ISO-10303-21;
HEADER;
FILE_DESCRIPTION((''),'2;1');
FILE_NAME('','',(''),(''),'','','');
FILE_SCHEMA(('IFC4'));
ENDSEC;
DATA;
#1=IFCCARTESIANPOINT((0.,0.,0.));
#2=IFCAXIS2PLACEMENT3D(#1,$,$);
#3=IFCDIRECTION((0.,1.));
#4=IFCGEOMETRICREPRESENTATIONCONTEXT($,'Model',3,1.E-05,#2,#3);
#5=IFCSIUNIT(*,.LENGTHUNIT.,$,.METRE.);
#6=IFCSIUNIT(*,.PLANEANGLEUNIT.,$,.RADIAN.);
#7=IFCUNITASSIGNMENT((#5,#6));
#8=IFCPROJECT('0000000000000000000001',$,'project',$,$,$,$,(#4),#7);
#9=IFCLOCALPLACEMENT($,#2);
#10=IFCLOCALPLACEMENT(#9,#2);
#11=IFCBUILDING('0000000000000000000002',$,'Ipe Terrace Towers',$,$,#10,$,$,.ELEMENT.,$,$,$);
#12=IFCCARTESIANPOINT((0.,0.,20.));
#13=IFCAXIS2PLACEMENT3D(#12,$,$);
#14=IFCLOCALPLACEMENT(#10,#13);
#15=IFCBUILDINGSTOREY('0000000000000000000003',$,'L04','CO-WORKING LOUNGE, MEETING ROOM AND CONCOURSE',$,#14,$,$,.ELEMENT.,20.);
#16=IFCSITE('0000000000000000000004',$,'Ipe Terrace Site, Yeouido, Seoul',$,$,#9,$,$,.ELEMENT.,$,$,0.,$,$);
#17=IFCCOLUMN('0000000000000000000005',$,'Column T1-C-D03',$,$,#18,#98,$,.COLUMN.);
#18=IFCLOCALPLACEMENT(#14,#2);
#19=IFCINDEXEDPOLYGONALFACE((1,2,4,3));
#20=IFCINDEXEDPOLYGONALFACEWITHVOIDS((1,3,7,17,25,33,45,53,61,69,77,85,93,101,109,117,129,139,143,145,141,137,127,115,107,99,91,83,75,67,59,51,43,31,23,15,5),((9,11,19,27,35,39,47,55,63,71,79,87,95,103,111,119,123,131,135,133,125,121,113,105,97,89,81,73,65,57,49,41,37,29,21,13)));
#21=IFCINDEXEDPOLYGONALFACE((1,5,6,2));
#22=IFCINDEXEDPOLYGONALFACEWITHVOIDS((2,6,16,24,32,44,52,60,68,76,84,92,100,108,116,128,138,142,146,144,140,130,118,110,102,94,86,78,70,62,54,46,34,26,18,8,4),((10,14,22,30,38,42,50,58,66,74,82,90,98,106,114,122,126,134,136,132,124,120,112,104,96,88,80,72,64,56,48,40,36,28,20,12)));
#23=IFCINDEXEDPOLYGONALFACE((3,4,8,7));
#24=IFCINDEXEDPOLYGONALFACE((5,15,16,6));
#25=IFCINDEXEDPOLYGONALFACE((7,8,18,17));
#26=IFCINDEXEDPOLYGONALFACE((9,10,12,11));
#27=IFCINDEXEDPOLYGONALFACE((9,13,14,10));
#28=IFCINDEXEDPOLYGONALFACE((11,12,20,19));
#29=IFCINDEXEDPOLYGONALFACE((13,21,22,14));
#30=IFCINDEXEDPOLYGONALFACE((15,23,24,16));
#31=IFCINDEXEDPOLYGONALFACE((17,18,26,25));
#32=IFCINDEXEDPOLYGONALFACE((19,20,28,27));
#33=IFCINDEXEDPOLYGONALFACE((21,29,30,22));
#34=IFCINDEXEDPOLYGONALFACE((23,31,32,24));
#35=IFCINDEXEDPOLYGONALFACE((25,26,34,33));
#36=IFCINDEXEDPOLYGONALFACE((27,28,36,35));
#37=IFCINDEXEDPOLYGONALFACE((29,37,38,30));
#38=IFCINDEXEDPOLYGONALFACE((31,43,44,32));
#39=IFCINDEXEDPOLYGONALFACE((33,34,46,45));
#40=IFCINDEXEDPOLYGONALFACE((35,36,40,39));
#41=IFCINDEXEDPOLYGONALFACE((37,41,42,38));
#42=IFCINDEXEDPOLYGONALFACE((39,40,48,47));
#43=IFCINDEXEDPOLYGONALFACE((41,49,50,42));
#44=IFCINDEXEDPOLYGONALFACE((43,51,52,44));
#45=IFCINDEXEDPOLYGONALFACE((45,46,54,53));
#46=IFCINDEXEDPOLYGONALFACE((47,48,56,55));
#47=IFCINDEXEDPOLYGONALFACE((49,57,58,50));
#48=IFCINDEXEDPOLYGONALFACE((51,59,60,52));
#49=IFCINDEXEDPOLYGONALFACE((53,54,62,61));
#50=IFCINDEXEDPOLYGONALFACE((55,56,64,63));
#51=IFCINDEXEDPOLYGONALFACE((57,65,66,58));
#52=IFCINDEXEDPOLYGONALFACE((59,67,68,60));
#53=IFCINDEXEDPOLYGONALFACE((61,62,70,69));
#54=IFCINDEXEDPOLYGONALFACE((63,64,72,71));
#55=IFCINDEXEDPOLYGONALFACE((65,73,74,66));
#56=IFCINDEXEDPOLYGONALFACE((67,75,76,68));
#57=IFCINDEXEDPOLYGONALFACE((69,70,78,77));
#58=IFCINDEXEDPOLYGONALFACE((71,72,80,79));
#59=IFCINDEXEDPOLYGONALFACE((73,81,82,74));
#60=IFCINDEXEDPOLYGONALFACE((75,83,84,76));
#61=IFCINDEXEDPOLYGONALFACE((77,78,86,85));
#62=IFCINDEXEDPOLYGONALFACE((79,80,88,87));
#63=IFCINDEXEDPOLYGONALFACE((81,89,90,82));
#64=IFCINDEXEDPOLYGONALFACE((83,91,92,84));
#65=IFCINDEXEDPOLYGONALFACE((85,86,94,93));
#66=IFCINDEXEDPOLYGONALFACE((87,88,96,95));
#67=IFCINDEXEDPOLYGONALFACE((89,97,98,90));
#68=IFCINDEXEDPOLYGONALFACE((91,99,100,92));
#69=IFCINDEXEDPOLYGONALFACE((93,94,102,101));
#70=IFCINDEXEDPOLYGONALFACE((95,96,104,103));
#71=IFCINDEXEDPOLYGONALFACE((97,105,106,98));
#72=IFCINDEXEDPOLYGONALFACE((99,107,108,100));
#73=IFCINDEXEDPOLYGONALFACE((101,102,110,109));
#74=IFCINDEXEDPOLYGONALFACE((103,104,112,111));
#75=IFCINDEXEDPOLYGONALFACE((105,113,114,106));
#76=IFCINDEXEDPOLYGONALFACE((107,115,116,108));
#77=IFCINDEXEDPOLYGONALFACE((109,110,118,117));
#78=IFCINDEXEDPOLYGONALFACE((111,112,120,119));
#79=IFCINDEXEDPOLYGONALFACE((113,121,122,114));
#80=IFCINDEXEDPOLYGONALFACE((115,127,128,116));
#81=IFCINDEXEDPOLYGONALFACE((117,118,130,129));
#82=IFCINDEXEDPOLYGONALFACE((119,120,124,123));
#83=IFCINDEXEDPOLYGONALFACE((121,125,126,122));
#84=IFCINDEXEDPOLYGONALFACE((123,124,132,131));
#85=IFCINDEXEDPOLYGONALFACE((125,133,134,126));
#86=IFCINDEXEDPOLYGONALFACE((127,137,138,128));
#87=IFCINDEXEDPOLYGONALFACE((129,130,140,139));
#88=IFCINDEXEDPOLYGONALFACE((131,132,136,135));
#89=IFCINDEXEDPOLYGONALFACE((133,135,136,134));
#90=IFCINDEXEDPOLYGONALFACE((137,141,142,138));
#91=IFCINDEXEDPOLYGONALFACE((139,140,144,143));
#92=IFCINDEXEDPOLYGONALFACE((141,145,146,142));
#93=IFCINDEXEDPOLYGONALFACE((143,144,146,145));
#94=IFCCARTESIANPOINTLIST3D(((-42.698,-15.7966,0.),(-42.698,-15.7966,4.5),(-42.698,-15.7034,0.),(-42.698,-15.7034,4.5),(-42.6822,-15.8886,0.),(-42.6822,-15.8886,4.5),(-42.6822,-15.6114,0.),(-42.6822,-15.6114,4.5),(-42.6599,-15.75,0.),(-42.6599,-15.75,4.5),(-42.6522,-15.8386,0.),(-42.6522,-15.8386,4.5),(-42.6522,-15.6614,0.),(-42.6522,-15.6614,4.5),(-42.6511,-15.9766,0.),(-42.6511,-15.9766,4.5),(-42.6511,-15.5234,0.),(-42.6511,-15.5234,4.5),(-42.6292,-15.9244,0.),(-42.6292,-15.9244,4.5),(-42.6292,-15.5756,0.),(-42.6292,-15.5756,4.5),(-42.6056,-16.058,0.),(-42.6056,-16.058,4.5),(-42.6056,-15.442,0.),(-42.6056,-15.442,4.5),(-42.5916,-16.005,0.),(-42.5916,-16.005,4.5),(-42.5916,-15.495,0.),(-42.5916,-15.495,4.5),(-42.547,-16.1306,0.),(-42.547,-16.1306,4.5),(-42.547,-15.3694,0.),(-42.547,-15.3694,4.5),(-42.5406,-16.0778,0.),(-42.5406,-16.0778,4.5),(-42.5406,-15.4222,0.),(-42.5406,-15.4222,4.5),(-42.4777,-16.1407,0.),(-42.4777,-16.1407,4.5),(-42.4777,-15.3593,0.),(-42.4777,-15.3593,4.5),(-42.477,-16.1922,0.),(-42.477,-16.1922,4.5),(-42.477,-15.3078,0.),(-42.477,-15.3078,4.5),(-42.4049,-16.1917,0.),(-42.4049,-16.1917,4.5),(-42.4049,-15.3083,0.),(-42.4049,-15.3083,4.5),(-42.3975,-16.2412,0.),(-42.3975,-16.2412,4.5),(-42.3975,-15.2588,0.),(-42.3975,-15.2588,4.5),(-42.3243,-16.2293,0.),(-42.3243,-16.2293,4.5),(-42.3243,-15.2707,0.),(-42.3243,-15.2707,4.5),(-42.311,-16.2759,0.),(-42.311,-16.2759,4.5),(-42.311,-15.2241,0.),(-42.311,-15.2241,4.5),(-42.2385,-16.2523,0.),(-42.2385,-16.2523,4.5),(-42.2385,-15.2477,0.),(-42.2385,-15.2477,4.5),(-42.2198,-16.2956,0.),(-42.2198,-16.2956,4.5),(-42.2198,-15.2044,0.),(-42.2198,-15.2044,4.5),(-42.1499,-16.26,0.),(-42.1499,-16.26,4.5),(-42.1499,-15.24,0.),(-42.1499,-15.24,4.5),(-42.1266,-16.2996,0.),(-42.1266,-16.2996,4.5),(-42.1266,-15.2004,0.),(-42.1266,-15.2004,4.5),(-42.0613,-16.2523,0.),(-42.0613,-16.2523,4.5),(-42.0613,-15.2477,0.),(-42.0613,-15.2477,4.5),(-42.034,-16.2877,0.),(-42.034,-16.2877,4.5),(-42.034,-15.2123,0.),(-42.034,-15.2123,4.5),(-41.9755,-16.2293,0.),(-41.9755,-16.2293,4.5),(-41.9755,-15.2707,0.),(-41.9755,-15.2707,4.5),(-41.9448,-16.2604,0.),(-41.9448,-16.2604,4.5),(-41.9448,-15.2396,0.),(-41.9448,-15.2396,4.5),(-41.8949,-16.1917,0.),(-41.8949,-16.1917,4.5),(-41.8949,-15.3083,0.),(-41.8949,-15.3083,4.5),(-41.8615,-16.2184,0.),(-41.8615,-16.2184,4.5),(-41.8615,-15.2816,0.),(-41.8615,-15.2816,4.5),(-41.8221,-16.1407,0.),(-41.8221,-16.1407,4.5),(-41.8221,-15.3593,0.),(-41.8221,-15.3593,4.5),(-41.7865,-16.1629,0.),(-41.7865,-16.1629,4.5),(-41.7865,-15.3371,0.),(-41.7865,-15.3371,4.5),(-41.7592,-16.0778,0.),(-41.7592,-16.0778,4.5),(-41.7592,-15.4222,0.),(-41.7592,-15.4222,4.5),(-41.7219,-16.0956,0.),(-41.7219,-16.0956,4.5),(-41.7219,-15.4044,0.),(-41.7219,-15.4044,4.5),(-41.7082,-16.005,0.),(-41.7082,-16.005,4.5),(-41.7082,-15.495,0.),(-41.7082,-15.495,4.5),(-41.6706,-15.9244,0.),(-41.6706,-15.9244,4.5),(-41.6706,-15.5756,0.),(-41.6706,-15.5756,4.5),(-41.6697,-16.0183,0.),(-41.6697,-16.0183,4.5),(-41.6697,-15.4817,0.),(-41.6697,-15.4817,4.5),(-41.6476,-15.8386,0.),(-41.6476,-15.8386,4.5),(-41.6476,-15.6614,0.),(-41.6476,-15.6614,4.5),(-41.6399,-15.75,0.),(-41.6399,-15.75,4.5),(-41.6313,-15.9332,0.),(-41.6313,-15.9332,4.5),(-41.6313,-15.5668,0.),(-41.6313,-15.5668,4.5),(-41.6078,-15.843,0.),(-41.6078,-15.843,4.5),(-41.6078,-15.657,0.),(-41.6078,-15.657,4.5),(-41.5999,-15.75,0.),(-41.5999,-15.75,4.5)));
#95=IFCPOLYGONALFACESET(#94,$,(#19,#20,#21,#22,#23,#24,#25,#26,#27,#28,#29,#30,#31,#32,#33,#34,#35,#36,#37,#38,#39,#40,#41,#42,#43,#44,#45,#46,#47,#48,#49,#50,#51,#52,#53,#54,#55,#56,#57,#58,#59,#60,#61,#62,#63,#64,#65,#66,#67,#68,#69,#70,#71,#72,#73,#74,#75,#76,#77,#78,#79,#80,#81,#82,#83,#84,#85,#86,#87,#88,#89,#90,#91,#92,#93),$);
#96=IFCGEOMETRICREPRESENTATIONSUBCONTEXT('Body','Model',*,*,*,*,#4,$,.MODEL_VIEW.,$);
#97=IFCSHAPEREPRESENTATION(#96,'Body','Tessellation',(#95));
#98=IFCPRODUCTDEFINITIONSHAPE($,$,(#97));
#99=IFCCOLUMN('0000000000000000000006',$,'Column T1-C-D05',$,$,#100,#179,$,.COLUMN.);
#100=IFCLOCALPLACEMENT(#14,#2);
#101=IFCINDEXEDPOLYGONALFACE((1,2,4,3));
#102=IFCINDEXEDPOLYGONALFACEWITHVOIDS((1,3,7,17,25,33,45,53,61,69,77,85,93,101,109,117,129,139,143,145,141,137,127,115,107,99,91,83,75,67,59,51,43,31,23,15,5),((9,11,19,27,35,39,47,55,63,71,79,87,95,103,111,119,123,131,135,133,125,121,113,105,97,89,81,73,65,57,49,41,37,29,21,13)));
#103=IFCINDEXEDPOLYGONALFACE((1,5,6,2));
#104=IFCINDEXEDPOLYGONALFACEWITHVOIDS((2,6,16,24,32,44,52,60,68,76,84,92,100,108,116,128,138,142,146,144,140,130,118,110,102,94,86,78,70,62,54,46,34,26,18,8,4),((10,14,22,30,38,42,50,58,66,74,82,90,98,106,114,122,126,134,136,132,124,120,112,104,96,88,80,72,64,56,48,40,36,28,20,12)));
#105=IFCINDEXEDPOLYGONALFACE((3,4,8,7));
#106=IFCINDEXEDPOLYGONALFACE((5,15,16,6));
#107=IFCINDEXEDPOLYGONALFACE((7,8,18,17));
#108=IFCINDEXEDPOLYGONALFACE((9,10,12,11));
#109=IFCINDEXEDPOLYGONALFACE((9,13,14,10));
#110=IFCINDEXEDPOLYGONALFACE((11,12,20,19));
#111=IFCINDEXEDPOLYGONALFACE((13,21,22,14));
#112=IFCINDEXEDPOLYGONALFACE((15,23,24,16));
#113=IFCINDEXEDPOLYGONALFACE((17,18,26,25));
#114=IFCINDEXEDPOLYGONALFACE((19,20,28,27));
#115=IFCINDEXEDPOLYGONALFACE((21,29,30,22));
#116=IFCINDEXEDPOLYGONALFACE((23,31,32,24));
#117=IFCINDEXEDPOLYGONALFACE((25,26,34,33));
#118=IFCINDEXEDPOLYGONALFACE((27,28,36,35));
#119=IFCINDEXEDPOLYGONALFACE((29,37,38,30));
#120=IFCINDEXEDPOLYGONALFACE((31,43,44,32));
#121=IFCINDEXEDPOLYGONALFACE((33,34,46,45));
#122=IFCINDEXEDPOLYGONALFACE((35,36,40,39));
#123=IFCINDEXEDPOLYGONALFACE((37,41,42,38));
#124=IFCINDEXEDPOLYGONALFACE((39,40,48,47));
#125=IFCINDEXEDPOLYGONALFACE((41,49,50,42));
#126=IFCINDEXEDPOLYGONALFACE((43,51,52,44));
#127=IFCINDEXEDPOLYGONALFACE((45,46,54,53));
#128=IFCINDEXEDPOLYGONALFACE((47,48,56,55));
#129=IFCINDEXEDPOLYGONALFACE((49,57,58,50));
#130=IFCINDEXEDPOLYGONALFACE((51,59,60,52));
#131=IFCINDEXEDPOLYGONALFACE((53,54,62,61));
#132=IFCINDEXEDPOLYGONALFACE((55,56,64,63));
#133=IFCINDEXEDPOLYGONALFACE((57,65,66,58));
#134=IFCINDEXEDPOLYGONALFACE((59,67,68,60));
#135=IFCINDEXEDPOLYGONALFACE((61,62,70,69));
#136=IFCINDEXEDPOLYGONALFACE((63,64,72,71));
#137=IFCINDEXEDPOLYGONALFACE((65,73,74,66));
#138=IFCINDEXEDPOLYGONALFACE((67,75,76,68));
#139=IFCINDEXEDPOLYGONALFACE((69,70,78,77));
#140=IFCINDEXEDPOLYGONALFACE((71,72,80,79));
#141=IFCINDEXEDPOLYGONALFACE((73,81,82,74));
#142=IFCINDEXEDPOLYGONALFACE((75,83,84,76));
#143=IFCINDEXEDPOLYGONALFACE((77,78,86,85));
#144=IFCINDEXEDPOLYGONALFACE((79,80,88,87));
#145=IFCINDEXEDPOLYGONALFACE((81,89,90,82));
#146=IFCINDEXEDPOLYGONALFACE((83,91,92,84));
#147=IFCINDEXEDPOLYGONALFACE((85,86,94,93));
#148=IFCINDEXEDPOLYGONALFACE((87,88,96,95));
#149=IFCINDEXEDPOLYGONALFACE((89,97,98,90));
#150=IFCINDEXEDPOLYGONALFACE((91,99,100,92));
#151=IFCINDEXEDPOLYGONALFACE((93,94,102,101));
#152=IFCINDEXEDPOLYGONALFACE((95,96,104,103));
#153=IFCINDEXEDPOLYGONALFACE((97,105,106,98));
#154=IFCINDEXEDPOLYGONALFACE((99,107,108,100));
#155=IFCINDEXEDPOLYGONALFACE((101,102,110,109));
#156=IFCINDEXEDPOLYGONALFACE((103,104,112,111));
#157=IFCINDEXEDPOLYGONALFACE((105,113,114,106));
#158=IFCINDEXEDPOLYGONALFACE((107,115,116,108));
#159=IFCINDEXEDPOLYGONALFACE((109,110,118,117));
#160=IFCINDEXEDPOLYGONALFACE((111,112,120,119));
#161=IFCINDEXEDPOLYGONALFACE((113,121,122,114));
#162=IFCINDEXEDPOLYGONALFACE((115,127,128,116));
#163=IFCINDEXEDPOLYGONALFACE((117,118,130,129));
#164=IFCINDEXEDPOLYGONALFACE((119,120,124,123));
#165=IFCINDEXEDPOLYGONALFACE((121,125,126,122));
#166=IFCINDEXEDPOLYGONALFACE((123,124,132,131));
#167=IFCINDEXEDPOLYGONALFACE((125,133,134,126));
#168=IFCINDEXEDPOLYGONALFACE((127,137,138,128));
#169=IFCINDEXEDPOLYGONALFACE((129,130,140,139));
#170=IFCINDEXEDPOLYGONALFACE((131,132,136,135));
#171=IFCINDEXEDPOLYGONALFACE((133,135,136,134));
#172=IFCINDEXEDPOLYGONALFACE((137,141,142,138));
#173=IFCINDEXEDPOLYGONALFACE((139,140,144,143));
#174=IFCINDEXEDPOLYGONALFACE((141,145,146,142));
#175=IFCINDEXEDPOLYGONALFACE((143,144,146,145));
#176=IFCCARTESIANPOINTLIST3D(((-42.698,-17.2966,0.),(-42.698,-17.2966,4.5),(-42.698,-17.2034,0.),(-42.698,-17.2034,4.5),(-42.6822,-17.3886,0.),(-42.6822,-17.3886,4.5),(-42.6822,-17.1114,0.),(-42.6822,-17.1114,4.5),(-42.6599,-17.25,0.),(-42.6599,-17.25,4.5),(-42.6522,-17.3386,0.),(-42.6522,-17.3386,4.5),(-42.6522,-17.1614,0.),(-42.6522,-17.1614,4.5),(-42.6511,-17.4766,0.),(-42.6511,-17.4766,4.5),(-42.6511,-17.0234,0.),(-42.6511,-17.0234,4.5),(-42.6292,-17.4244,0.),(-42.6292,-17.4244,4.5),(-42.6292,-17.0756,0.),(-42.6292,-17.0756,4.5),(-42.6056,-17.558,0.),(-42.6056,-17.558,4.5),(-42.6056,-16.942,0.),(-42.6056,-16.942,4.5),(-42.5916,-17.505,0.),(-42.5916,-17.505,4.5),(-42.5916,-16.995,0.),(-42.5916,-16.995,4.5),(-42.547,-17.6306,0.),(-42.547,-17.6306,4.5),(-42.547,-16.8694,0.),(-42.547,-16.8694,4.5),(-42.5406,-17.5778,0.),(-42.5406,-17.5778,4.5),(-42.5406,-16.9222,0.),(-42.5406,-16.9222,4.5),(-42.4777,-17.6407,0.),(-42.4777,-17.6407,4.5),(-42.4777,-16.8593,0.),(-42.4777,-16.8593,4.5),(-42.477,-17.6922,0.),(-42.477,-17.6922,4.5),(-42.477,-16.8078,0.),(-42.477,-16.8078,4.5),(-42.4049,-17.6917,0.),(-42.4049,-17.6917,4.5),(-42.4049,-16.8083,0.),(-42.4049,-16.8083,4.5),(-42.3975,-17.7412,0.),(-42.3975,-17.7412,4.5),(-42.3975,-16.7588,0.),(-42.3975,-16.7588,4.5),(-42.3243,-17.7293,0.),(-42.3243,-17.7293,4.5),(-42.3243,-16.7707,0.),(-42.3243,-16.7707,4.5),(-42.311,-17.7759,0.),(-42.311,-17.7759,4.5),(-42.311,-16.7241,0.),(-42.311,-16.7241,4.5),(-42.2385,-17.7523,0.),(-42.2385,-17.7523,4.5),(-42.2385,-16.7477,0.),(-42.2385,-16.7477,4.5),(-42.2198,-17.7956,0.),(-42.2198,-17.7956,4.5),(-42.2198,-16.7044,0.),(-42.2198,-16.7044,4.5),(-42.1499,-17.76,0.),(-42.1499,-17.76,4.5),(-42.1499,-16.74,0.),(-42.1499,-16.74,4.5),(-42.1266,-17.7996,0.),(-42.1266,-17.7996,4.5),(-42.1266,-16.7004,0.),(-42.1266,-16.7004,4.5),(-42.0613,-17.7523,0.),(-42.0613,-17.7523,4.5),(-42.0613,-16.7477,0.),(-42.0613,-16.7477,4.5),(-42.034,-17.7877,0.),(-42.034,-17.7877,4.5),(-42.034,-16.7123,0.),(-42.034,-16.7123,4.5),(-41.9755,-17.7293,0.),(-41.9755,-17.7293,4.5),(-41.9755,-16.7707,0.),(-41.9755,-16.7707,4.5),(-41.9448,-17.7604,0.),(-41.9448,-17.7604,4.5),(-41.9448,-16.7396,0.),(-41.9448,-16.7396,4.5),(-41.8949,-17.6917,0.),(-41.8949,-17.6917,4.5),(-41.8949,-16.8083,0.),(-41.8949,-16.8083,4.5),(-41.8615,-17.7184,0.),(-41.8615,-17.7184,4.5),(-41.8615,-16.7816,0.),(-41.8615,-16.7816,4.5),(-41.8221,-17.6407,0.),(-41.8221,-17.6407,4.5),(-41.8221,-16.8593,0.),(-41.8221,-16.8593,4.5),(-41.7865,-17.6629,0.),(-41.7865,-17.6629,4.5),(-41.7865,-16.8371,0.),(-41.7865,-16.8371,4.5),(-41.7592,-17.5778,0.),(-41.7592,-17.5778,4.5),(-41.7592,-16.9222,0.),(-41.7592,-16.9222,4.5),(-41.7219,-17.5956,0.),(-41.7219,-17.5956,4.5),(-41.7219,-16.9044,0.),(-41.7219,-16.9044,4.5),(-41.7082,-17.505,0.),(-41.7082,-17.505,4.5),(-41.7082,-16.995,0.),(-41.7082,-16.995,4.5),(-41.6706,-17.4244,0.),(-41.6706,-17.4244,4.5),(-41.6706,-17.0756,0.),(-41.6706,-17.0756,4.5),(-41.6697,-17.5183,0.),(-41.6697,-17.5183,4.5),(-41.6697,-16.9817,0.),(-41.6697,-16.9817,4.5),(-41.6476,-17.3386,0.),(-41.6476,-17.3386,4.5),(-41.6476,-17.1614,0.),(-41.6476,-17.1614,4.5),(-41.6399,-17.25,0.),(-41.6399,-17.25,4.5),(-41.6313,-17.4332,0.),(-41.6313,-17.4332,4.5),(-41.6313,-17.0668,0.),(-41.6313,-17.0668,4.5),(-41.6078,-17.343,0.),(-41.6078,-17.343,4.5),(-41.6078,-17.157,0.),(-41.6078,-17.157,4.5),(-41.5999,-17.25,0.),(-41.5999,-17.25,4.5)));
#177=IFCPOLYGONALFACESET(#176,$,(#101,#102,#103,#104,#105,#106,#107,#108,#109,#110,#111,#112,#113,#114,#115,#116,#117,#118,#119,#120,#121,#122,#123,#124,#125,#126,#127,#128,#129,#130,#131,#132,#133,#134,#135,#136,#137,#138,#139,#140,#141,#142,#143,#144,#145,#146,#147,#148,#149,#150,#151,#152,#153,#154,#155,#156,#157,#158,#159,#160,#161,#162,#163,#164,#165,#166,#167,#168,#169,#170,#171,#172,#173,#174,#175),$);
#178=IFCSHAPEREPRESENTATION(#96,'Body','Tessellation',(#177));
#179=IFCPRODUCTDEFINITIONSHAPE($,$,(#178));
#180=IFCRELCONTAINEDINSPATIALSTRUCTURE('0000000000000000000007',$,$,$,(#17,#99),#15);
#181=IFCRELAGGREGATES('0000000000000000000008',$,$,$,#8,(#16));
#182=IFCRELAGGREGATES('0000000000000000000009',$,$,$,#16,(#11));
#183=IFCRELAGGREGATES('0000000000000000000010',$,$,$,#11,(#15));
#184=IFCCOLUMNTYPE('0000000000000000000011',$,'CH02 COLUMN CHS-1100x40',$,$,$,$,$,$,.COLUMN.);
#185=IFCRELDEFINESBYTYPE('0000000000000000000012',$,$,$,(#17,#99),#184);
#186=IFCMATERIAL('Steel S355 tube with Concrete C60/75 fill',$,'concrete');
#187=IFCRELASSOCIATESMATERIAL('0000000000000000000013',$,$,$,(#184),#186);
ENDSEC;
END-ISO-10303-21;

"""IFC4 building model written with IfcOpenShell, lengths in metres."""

from ifc_helpers import new_model, si_unit, direction, frame, origin, origin_2d, place, context, subcontext, project, spatial, hollow_circle, extrude, material, material_profile, profile_set, type_object, element, save


model = new_model("IFC4")

# Units and contexts
model_context = context("Model", 3, precision=1e-05, world=origin(), true_north=direction((0.0, 1.0)))
body_context = subcontext(model_context, "Body", "Model", "MODEL_VIEW")
ifc_project = project(units=[si_unit("LENGTHUNIT", "METRE"), si_unit("PLANEANGLEUNIT", "RADIAN")], contexts=[model_context])

# Site, building, storey
site_placement = place(None, origin())
site = spatial("IfcSite", under=ifc_project, at=site_placement, Name="Ipe Terrace Site, Yeouido, Seoul", CompositionType="ELEMENT", RefElevation=0.0)
building_placement = place(site_placement, origin())
building = spatial("IfcBuilding", under=site, at=building_placement, Name="Ipe Terrace Towers", CompositionType="ELEMENT")
storey_placement = place(building_placement, frame((0.0, 0.0, 20.0)))
storey = spatial("IfcBuildingStorey", under=building, at=storey_placement, Name="L04", Description="CO-WORKING LOUNGE, MEETING ROOM AND CONCOURSE", CompositionType="ELEMENT", Elevation=20.0)

# Columns
ifc_material_1 = material(Name="Steel S355 tube with Concrete C60/75 fill", Category="concrete")
ifc_material_profile_1 = material_profile(ifc_material_1, hollow_circle(Radius=0.55, WallThickness=0.04, at=origin_2d()), Name="CHS-1100x40")
ifc_profile_set_1 = profile_set([ifc_material_profile_1], Name="Steel S355 tube with Concrete C60/75 fill")
column_type_1 = type_object("IfcColumnType", Name="CH02 COLUMN CHS-1100x40", PredefinedType="COLUMN", material=ifc_profile_set_1)
for number, where, z_axis, x_axis, name in (
    (1, (-42.1499, -15.75, 0.0), (0.0, 0.0, 1.0), (1.0, 0.0, 0.0), "Column T1-C-D03"),
    (2, (-42.1499, -17.25, 0.0), (0.0, 0.0, 1.0), (1.0, 0.0, 0.0), "Column T1-C-D05"),
):
    element("IfcColumn", number, at=place(storey_placement, frame(where, z_axis=z_axis, x_axis=x_axis)), inside=storey, type_object=column_type_1, Name=name, PredefinedType="COLUMN", context=body_context, shape_type="SweptSolid", body=[
        extrude(hollow_circle(Radius=0.55, WallThickness=0.04, at=origin_2d()), origin(), (0.0, 0.0, 1.0), 4.5),
    ])

save(model, "model.ifc")
